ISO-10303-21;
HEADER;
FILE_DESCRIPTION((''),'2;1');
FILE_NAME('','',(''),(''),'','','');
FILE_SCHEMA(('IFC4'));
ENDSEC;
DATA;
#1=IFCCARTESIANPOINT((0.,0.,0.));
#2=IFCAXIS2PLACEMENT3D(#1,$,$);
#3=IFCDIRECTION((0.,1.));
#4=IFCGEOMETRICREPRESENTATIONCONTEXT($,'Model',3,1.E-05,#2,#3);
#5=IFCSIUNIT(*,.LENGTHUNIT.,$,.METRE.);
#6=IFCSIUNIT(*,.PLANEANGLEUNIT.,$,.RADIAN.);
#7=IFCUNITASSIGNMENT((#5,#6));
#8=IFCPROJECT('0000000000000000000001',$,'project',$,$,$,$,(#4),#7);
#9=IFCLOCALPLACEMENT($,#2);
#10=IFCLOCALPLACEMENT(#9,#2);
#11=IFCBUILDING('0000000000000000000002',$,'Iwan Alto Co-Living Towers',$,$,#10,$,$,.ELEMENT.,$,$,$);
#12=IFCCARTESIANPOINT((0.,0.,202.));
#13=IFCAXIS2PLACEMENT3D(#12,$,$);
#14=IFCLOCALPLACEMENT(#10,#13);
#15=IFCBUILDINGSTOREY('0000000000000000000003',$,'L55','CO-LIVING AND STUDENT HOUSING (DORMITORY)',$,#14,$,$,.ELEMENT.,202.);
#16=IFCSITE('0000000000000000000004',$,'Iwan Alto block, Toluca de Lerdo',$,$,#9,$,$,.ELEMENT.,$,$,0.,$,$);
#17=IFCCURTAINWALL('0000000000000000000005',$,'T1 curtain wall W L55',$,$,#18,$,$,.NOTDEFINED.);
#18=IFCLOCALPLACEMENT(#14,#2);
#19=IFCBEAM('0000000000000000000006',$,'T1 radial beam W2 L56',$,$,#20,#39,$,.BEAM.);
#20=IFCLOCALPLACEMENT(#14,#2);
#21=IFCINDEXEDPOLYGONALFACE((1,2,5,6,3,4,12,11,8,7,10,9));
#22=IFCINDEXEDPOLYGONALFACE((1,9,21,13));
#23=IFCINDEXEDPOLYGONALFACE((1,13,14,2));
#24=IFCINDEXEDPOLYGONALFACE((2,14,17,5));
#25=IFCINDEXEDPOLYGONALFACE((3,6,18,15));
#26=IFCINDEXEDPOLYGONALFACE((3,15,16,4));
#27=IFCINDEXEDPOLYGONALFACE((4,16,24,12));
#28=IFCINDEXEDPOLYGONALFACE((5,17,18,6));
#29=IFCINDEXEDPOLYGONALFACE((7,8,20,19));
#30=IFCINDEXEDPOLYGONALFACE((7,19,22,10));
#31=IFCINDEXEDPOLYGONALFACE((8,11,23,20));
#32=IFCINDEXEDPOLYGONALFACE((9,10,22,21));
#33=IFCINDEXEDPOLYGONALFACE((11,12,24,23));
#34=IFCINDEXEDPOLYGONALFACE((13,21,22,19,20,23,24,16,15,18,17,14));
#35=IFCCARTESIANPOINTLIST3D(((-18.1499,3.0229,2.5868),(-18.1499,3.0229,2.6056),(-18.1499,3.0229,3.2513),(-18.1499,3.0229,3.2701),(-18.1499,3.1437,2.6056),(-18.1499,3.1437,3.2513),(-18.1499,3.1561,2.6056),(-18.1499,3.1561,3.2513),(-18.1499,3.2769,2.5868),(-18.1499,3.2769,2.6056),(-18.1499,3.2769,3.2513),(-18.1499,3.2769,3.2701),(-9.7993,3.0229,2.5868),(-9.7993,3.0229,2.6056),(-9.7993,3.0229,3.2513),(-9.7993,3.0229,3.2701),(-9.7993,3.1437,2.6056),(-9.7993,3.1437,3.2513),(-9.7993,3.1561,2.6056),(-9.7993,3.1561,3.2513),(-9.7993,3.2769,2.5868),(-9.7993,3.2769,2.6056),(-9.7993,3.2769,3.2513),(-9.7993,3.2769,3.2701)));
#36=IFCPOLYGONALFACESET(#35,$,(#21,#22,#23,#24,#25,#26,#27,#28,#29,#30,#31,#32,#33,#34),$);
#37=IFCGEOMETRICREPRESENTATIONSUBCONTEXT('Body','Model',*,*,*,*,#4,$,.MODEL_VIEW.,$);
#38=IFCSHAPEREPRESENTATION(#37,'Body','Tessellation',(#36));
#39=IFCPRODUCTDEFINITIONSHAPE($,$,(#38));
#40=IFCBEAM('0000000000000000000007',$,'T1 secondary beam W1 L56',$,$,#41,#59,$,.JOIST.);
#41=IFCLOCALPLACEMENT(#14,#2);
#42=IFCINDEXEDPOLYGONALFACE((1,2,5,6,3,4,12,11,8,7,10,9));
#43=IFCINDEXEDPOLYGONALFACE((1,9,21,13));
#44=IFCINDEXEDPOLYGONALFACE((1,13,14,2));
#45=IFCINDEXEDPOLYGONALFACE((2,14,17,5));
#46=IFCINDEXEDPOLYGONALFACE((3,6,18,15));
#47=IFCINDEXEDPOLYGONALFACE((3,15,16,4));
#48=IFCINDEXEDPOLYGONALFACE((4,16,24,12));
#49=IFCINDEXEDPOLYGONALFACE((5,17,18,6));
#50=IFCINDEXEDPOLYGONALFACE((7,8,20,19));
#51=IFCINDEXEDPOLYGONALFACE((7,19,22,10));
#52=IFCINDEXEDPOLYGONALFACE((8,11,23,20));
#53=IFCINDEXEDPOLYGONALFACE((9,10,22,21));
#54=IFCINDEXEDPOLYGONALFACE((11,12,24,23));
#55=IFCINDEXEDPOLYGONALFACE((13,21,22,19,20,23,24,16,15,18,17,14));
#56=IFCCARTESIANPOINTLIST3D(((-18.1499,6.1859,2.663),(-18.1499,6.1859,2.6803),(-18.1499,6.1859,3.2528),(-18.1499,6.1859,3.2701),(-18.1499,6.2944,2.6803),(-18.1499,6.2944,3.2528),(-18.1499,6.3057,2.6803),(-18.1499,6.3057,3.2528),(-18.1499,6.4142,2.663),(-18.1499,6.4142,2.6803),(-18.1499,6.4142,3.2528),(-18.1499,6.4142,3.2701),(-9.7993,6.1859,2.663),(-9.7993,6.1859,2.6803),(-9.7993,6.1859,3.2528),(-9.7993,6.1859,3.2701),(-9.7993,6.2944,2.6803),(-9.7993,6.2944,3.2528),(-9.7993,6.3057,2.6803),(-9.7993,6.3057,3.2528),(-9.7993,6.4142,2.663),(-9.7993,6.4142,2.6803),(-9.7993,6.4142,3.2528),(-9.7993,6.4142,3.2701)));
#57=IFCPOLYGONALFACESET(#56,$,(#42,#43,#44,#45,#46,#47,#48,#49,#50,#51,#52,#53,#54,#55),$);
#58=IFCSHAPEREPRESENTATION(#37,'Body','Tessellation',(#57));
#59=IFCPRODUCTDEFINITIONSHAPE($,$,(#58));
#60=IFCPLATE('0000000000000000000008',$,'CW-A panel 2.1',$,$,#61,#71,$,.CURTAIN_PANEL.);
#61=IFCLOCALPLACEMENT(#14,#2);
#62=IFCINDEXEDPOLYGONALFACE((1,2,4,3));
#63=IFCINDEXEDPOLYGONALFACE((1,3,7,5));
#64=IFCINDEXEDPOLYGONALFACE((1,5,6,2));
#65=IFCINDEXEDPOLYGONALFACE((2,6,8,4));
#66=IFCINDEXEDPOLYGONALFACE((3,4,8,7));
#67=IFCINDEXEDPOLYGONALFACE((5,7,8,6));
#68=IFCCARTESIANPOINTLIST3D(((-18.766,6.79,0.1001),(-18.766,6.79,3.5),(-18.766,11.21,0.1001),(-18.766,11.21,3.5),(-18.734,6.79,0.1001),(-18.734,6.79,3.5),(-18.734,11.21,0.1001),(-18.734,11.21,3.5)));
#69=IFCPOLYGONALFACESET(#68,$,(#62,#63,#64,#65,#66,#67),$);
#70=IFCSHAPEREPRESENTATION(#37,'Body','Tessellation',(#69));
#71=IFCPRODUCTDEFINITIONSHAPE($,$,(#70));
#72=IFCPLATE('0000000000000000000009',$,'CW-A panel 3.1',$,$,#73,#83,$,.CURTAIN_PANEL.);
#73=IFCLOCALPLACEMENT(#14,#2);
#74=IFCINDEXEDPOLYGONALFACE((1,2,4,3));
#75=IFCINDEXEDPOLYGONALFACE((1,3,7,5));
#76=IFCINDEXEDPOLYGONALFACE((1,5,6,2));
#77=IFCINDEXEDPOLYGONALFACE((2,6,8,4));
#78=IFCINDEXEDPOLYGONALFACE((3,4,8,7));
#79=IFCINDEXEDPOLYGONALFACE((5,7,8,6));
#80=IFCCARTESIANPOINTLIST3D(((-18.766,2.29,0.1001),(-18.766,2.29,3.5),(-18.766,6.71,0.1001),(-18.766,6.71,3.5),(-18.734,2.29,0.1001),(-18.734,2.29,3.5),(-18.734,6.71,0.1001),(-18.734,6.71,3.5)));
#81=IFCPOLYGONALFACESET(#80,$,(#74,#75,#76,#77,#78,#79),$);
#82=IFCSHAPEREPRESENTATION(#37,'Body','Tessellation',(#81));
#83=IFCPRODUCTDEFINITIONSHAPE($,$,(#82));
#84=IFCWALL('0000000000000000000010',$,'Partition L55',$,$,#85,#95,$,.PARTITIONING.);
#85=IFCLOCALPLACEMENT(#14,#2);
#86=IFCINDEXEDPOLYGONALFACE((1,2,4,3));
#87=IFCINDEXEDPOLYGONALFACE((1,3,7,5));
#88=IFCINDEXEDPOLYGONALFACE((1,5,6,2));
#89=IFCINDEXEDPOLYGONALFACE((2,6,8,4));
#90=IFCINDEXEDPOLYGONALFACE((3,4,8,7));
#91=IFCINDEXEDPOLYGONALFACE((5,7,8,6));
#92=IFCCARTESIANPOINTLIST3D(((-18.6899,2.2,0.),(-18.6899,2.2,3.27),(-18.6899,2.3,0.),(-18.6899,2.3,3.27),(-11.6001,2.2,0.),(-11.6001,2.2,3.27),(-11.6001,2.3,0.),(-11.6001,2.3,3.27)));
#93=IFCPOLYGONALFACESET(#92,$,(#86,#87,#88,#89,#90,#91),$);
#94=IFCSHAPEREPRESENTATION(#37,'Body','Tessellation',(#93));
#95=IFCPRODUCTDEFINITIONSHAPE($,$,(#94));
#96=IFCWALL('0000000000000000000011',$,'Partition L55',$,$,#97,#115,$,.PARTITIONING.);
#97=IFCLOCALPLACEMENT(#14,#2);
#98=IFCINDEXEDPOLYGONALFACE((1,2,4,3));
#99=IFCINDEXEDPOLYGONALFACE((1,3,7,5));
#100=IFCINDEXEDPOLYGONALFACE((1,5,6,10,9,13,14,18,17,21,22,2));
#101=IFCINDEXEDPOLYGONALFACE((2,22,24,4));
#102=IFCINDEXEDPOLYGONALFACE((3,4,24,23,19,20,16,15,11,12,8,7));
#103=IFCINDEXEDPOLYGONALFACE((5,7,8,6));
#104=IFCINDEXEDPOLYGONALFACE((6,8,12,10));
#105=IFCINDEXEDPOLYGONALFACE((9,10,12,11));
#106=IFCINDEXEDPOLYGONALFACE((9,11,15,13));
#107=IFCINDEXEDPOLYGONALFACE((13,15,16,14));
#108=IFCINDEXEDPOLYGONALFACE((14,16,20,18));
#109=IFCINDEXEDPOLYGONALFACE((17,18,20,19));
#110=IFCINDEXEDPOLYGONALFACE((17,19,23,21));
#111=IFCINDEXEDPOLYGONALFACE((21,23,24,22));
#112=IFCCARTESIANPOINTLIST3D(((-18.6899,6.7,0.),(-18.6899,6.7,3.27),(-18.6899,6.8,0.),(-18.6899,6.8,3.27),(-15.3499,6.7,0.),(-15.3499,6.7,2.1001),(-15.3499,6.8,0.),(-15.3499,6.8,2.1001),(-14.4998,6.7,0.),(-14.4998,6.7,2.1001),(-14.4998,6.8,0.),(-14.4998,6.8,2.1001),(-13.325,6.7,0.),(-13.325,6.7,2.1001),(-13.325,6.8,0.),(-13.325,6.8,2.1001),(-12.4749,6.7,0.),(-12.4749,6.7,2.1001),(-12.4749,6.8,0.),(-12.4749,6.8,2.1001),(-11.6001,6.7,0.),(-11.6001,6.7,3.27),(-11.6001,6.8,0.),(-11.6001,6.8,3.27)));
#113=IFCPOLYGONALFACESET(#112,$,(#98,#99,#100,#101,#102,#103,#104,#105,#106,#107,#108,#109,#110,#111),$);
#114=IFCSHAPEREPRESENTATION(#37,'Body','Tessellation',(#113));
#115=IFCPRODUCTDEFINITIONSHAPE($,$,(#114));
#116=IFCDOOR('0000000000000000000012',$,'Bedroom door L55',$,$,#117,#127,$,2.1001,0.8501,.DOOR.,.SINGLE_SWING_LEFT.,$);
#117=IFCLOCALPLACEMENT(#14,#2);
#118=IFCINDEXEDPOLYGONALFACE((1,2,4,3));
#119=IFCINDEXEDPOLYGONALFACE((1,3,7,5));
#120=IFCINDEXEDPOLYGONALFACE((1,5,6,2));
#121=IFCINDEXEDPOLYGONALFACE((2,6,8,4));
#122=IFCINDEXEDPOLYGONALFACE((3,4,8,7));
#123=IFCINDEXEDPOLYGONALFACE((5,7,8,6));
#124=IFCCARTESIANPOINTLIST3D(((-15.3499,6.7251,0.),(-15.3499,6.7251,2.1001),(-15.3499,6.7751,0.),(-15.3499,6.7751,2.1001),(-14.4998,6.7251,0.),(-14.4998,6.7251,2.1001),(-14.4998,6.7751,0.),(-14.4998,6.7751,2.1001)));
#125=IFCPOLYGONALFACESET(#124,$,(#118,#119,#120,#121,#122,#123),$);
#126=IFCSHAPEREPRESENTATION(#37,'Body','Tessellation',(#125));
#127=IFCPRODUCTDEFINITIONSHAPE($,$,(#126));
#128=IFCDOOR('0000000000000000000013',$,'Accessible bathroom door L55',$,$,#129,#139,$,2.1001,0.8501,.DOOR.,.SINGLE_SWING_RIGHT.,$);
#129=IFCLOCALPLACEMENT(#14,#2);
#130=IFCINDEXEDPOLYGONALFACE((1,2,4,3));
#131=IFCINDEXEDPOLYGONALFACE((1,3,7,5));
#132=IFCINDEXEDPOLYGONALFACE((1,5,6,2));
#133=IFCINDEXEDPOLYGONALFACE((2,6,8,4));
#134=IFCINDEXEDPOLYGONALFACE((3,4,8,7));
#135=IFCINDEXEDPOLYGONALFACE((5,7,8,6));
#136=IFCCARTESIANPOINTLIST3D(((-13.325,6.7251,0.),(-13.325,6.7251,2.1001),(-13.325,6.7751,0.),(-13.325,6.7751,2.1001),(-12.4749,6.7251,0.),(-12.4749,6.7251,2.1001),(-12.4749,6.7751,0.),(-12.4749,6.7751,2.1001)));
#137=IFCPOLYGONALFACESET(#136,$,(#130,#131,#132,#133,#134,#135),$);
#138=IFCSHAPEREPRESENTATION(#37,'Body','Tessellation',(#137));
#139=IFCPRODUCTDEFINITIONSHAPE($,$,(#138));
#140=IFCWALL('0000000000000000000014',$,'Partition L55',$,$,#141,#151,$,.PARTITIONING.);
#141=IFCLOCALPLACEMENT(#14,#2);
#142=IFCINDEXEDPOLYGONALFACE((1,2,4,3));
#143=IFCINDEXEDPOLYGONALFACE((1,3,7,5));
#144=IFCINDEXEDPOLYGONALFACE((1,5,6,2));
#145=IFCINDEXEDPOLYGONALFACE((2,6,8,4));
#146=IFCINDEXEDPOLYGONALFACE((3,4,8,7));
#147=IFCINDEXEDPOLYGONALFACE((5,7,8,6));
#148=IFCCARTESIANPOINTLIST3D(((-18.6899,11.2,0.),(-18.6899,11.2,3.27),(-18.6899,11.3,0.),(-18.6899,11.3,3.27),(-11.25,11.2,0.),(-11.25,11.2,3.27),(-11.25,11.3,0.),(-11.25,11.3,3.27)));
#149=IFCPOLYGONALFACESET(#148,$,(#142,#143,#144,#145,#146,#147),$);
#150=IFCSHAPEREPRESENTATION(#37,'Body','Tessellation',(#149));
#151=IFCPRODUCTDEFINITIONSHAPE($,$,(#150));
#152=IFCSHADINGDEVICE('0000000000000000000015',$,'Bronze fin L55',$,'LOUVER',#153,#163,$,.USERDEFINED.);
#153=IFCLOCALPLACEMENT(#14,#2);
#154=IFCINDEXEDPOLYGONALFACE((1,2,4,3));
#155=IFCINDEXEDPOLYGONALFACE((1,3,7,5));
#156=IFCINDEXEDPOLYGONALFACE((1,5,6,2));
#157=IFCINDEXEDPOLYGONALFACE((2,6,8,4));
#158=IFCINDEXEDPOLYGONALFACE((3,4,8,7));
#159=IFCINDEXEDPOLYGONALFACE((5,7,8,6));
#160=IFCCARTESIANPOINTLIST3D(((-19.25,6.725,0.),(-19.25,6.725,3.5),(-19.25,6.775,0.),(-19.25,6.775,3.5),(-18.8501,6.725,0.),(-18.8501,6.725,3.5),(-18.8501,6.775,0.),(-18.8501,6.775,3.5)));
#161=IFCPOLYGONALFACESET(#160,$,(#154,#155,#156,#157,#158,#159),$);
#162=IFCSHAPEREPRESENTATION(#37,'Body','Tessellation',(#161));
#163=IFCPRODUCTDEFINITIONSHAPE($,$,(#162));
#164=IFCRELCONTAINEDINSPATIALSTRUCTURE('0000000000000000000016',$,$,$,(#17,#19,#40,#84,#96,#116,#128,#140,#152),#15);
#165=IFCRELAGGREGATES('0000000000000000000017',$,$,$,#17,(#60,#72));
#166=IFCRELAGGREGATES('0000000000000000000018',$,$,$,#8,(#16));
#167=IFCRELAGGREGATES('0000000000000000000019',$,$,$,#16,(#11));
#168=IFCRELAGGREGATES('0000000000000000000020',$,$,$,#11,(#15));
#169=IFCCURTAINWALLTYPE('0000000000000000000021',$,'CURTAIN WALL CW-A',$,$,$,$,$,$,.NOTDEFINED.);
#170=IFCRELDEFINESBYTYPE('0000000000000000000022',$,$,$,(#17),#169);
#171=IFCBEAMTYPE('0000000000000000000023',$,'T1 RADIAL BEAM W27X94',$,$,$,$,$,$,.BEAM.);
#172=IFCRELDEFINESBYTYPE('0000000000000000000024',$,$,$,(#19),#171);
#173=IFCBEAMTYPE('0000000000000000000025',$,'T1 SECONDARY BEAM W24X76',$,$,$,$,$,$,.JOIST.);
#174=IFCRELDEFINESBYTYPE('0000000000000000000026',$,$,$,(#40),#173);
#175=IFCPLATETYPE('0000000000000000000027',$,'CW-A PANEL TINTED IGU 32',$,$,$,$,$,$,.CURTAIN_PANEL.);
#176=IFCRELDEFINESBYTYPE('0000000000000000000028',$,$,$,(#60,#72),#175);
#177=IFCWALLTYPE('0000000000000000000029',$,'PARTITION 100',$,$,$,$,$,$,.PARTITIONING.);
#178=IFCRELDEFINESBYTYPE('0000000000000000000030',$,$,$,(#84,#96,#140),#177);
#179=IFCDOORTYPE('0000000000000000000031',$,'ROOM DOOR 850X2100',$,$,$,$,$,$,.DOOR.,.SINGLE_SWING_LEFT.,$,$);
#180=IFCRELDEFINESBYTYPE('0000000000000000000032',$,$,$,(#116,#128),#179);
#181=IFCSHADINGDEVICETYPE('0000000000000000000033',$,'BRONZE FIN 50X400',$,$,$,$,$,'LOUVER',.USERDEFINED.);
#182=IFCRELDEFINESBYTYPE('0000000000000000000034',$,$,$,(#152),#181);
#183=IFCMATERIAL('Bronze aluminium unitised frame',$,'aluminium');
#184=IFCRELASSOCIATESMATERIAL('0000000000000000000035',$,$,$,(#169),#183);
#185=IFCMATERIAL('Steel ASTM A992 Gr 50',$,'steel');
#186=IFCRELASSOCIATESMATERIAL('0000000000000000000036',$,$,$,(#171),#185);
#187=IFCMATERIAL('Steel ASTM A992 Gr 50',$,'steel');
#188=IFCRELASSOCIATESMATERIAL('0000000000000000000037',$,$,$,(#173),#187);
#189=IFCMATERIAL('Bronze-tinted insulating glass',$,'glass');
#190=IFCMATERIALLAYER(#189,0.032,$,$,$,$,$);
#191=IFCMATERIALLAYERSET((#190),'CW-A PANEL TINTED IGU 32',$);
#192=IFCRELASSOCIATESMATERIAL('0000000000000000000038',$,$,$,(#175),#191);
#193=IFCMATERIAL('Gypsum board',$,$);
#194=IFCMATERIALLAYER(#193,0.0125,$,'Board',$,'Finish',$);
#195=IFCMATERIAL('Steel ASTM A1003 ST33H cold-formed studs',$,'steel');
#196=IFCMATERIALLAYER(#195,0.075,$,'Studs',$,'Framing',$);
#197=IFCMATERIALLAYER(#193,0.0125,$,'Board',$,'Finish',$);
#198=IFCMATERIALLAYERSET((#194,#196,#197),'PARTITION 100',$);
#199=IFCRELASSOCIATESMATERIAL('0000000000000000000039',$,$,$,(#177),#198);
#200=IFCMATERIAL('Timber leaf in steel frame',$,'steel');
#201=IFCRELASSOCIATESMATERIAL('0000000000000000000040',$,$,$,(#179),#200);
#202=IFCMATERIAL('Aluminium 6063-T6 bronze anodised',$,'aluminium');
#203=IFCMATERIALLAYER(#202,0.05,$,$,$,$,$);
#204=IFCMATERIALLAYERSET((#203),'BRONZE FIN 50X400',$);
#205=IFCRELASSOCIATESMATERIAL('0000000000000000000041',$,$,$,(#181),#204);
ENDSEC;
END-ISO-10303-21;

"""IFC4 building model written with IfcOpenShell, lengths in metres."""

from ifc_helpers import new_model, si_unit, direction, frame, frame_2d, origin, origin_2d, place, context, subcontext, project, spatial, rectangle, i_section, extrude, material, layer, layer_set, material_profile, profile_set, type_object, element, fill, aggregate, save


model = new_model("IFC4")

# Units and contexts
model_context = context("Model", 3, precision=1e-05, world=origin(), true_north=direction((0.0, 1.0)))
body_context = subcontext(model_context, "Body", "Model", "MODEL_VIEW")
ifc_project = project(units=[si_unit("LENGTHUNIT", "METRE"), si_unit("PLANEANGLEUNIT", "RADIAN")], contexts=[model_context])

# Site, building, storey
site_placement = place(None, origin())
site = spatial("IfcSite", under=ifc_project, at=site_placement, Name="Iwan Alto block, Toluca de Lerdo", CompositionType="ELEMENT", RefElevation=0.0)
building_placement = place(site_placement, origin())
building = spatial("IfcBuilding", under=site, at=building_placement, Name="Iwan Alto Co-Living Towers", CompositionType="ELEMENT")
storey_placement = place(building_placement, frame((0.0, 0.0, 202.0)))
storey = spatial("IfcBuildingStorey", under=building, at=storey_placement, Name="L55", Description="CO-LIVING AND STUDENT HOUSING (DORMITORY)", CompositionType="ELEMENT", Elevation=202.0)

# Curtain wall
ifc_material_1 = material(Name="Bronze aluminium unitised frame", Category="aluminium")
curtain_wall_type = type_object("IfcCurtainWallType", Name="CURTAIN WALL CW-A", PredefinedType="NOTDEFINED", material=ifc_material_1)
curtain_wall_placement = place(storey_placement, origin())
curtain_wall = element("IfcCurtainWall", 1, at=curtain_wall_placement, inside=storey, type_object=curtain_wall_type, Name="T1 curtain wall W L55", PredefinedType="NOTDEFINED")

# Beams
ifc_material_2 = material(Name="Steel ASTM A992 Gr 50", Category="steel")
ifc_material_profile_1 = material_profile(ifc_material_2, i_section(OverallWidth=0.2539, OverallDepth=0.6833, WebThickness=0.0125, FlangeThickness=0.0188, at=origin_2d()), Name="W27X94")
ifc_profile_set_1 = profile_set([ifc_material_profile_1], Name="Steel ASTM A992 Gr 50")
beam_type_1 = type_object("IfcBeamType", Name="T1 RADIAL BEAM W27X94", PredefinedType="BEAM", material=ifc_profile_set_1)
for number, where, z_axis, x_axis, name in (
    (2, (-18.1499, 3.1499, 2.9285), (1.0, 0.0, 0.0), (0.0, 1.0, 0.0), "T1 radial beam W2 L56"),
):
    element("IfcBeam", number, at=place(storey_placement, frame(where, z_axis=z_axis, x_axis=x_axis)), inside=storey, type_object=beam_type_1, Name=name, PredefinedType="BEAM", context=body_context, shape_type="SweptSolid", body=[
        extrude(i_section(OverallWidth=0.2539, OverallDepth=0.6833, WebThickness=0.0125, FlangeThickness=0.0188, at=origin_2d()), origin(), (0.0, 0.0, 1.0), 8.3506),
    ])
ifc_material_3 = material(Name="Steel ASTM A992 Gr 50", Category="steel")
ifc_material_profile_2 = material_profile(ifc_material_3, i_section(OverallWidth=0.2283, OverallDepth=0.6072, WebThickness=0.0112, FlangeThickness=0.0173, at=origin_2d()), Name="W24X76")
ifc_profile_set_2 = profile_set([ifc_material_profile_2], Name="Steel ASTM A992 Gr 50")
beam_type_2 = type_object("IfcBeamType", Name="T1 SECONDARY BEAM W24X76", PredefinedType="JOIST", material=ifc_profile_set_2)
beam_1_placement = place(storey_placement, frame((-18.1499, 6.3, 2.9666), z_axis=(1.0, 0.0, 0.0), x_axis=(0.0, 1.0, 0.0)))
element("IfcBeam", 3, at=beam_1_placement, inside=storey, type_object=beam_type_2, Name="T1 secondary beam W1 L56", PredefinedType="JOIST", context=body_context, shape_type="SweptSolid", body=[
    extrude(i_section(OverallWidth=0.2283, OverallDepth=0.6072, WebThickness=0.0112, FlangeThickness=0.0173, at=origin_2d()), origin(), (0.0, 0.0, 1.0), 8.3506),
])

# Plates
ifc_material_4 = material(Name="Bronze-tinted insulating glass", Category="glass")
ifc_layer_1 = layer(ifc_material_4, 0.032)
ifc_layer_set_1 = layer_set([ifc_layer_1], Name="CW-A PANEL TINTED IGU 32")
plate_type = type_object("IfcPlateType", Name="CW-A PANEL TINTED IGU 32", PredefinedType="CURTAIN_PANEL", material=ifc_layer_set_1)
plate_1_placement = place(storey_placement, frame((-18.75, 9.0, 0.1001), z_axis=(0.0, 0.0, 1.0), x_axis=(0.0, -1.0, 0.0)))
plate_1 = element("IfcPlate", 4, at=plate_1_placement, type_object=plate_type, Name="CW-A panel 2.1", PredefinedType="CURTAIN_PANEL", context=body_context, shape_type="SweptSolid", body=[
    extrude(rectangle(XDim=4.4199, YDim=0.032, at=origin_2d()), origin(), (0.0, 0.0, 1.0), 3.3999),
])
plate_2_placement = place(storey_placement, frame((-18.75, 4.5, 0.1001), z_axis=(0.0, 0.0, 1.0), x_axis=(0.0, -1.0, 0.0)))
plate_2 = element("IfcPlate", 5, at=plate_2_placement, type_object=plate_type, Name="CW-A panel 3.1", PredefinedType="CURTAIN_PANEL", context=body_context, shape_type="SweptSolid", body=[
    extrude(rectangle(XDim=4.4199, YDim=0.032, at=origin_2d()), origin(), (0.0, 0.0, 1.0), 3.3999),
])
aggregate(curtain_wall, [plate_1, plate_2])

# Wall
ifc_material_5 = material(Name="Gypsum board")
ifc_layer_2 = layer(ifc_material_5, 0.0125, Name="Board", Category="Finish")
ifc_material_6 = material(Name="Steel ASTM A1003 ST33H cold-formed studs", Category="steel")
ifc_layer_3 = layer(ifc_material_6, 0.075, Name="Studs", Category="Framing")
ifc_layer_4 = layer(ifc_material_5, 0.0125, Name="Board", Category="Finish")
ifc_layer_set_2 = layer_set([ifc_layer_2, ifc_layer_3, ifc_layer_4], Name="PARTITION 100")
wall_type = type_object("IfcWallType", Name="PARTITION 100", PredefinedType="PARTITIONING", material=ifc_layer_set_2)
wall_1_placement = place(storey_placement, frame((-18.6899, 2.25, 0.0), z_axis=(0.0, 0.0, 1.0), x_axis=(1.0, 0.0, 0.0)))
element("IfcWall", 6, at=wall_1_placement, inside=storey, type_object=wall_type, Name="Partition L55", PredefinedType="PARTITIONING", context=body_context, shape_type="SweptSolid", body=[
    extrude(rectangle(XDim=7.0898, YDim=0.1001, at=frame_2d((3.5449, 0.0))), origin(), (0.0, 0.0, 1.0), 3.27),
])

# Wall, openings, doors
wall_2_placement = place(storey_placement, frame((-18.6899, 6.75, 0.0), z_axis=(0.0, 0.0, 1.0), x_axis=(1.0, 0.0, 0.0)))
wall_2 = element("IfcWall", 7, at=wall_2_placement, inside=storey, type_object=wall_type, Name="Partition L55", PredefinedType="PARTITIONING", context=body_context, shape_type="SweptSolid", body=[
    extrude(rectangle(XDim=7.0898, YDim=0.1001, at=frame_2d((3.5449, 0.0))), origin(), (0.0, 0.0, 1.0), 3.27),
])
opening_1_placement = place(wall_2_placement, frame((3.3401, 0.0, 0.0)))
opening_1 = element("IfcOpeningElement", 8, at=opening_1_placement, cuts=wall_2, PredefinedType="OPENING", context=body_context, shape_type="SweptSolid", body=[
    extrude(rectangle(XDim=0.8501, YDim=2.1001, at=frame_2d((0.425, 1.05))), frame((0.0, 0.0601, 0.0), z_axis=(0.0, -1.0, 0.0), x_axis=(1.0, 0.0, 0.0)), (0.0, 0.0, 1.0), 0.1201),
])
opening_2_placement = place(wall_2_placement, frame((5.365, 0.0, 0.0)))
opening_2 = element("IfcOpeningElement", 9, at=opening_2_placement, cuts=wall_2, PredefinedType="OPENING", context=body_context, shape_type="SweptSolid", body=[
    extrude(rectangle(XDim=0.8501, YDim=2.1001, at=frame_2d((0.425, 1.05))), frame((0.0, 0.0601, 0.0), z_axis=(0.0, -1.0, 0.0), x_axis=(1.0, 0.0, 0.0)), (0.0, 0.0, 1.0), 0.1201),
])
ifc_material_7 = material(Name="Timber leaf in steel frame", Category="steel")
door_type = type_object("IfcDoorType", Name="ROOM DOOR 850X2100", OperationType="SINGLE_SWING_LEFT", PredefinedType="DOOR", material=ifc_material_7)
door_1_placement = place(opening_1_placement, frame((0.8501, 0.0, 0.0), z_axis=(0.0, 0.0, 1.0), x_axis=(-1.0, 0.0, 0.0)))
door_1 = element("IfcDoor", 10, at=door_1_placement, inside=storey, type_object=door_type, Name="Bedroom door L55", OperationType="SINGLE_SWING_LEFT", OverallHeight=2.1001, OverallWidth=0.8501, PredefinedType="DOOR", context=body_context, shape_type="SweptSolid", body=[
    extrude(rectangle(XDim=0.8501, YDim=2.1001, at=frame_2d((0.425, 1.05))), frame((0.0, 0.0249, 0.0), z_axis=(0.0, -1.0, 0.0), x_axis=(1.0, 0.0, 0.0)), (0.0, 0.0, 1.0), 0.05),
])
fill(opening_1, door_1)
door_2_placement = place(opening_2_placement, frame((0.8501, 0.0, 0.0), z_axis=(0.0, 0.0, 1.0), x_axis=(-1.0, 0.0, 0.0)))
door_2 = element("IfcDoor", 11, at=door_2_placement, inside=storey, type_object=door_type, Name="Accessible bathroom door L55", OperationType="SINGLE_SWING_RIGHT", OverallHeight=2.1001, OverallWidth=0.8501, PredefinedType="DOOR", context=body_context, shape_type="SweptSolid", body=[
    extrude(rectangle(XDim=0.8501, YDim=2.1001, at=frame_2d((0.425, 1.05))), frame((0.0, 0.0249, 0.0), z_axis=(0.0, -1.0, 0.0), x_axis=(1.0, 0.0, 0.0)), (0.0, 0.0, 1.0), 0.05),
])
fill(opening_2, door_2)

# Wall
wall_3_placement = place(storey_placement, frame((-18.6899, 11.25, 0.0), z_axis=(0.0, 0.0, 1.0), x_axis=(1.0, 0.0, 0.0)))
element("IfcWall", 12, at=wall_3_placement, inside=storey, type_object=wall_type, Name="Partition L55", PredefinedType="PARTITIONING", context=body_context, shape_type="SweptSolid", body=[
    extrude(rectangle(XDim=7.4399, YDim=0.1001, at=frame_2d((3.72, 0.0))), origin(), (0.0, 0.0, 1.0), 3.27),
])

# Shading device
ifc_material_8 = material(Name="Aluminium 6063-T6 bronze anodised", Category="aluminium")
ifc_layer_5 = layer(ifc_material_8, 0.05)
ifc_layer_set_3 = layer_set([ifc_layer_5], Name="BRONZE FIN 50X400")
shading_device_type = type_object("IfcShadingDeviceType", Name="BRONZE FIN 50X400", ElementType="LOUVER", PredefinedType="USERDEFINED", material=ifc_layer_set_3)
shading_device_placement = place(storey_placement, frame((-19.05, 6.75, 0.0), z_axis=(0.0, 0.0, 1.0), x_axis=(0.0, -1.0, 0.0)))
element("IfcShadingDevice", 13, at=shading_device_placement, inside=storey, type_object=shading_device_type, Name="Bronze fin L55", ObjectType="LOUVER", PredefinedType="USERDEFINED", context=body_context, shape_type="SweptSolid", body=[
    extrude(rectangle(XDim=0.05, YDim=0.3999, at=origin_2d()), origin(), (0.0, 0.0, 1.0), 3.5),
])

save(model, "model.ifc")
